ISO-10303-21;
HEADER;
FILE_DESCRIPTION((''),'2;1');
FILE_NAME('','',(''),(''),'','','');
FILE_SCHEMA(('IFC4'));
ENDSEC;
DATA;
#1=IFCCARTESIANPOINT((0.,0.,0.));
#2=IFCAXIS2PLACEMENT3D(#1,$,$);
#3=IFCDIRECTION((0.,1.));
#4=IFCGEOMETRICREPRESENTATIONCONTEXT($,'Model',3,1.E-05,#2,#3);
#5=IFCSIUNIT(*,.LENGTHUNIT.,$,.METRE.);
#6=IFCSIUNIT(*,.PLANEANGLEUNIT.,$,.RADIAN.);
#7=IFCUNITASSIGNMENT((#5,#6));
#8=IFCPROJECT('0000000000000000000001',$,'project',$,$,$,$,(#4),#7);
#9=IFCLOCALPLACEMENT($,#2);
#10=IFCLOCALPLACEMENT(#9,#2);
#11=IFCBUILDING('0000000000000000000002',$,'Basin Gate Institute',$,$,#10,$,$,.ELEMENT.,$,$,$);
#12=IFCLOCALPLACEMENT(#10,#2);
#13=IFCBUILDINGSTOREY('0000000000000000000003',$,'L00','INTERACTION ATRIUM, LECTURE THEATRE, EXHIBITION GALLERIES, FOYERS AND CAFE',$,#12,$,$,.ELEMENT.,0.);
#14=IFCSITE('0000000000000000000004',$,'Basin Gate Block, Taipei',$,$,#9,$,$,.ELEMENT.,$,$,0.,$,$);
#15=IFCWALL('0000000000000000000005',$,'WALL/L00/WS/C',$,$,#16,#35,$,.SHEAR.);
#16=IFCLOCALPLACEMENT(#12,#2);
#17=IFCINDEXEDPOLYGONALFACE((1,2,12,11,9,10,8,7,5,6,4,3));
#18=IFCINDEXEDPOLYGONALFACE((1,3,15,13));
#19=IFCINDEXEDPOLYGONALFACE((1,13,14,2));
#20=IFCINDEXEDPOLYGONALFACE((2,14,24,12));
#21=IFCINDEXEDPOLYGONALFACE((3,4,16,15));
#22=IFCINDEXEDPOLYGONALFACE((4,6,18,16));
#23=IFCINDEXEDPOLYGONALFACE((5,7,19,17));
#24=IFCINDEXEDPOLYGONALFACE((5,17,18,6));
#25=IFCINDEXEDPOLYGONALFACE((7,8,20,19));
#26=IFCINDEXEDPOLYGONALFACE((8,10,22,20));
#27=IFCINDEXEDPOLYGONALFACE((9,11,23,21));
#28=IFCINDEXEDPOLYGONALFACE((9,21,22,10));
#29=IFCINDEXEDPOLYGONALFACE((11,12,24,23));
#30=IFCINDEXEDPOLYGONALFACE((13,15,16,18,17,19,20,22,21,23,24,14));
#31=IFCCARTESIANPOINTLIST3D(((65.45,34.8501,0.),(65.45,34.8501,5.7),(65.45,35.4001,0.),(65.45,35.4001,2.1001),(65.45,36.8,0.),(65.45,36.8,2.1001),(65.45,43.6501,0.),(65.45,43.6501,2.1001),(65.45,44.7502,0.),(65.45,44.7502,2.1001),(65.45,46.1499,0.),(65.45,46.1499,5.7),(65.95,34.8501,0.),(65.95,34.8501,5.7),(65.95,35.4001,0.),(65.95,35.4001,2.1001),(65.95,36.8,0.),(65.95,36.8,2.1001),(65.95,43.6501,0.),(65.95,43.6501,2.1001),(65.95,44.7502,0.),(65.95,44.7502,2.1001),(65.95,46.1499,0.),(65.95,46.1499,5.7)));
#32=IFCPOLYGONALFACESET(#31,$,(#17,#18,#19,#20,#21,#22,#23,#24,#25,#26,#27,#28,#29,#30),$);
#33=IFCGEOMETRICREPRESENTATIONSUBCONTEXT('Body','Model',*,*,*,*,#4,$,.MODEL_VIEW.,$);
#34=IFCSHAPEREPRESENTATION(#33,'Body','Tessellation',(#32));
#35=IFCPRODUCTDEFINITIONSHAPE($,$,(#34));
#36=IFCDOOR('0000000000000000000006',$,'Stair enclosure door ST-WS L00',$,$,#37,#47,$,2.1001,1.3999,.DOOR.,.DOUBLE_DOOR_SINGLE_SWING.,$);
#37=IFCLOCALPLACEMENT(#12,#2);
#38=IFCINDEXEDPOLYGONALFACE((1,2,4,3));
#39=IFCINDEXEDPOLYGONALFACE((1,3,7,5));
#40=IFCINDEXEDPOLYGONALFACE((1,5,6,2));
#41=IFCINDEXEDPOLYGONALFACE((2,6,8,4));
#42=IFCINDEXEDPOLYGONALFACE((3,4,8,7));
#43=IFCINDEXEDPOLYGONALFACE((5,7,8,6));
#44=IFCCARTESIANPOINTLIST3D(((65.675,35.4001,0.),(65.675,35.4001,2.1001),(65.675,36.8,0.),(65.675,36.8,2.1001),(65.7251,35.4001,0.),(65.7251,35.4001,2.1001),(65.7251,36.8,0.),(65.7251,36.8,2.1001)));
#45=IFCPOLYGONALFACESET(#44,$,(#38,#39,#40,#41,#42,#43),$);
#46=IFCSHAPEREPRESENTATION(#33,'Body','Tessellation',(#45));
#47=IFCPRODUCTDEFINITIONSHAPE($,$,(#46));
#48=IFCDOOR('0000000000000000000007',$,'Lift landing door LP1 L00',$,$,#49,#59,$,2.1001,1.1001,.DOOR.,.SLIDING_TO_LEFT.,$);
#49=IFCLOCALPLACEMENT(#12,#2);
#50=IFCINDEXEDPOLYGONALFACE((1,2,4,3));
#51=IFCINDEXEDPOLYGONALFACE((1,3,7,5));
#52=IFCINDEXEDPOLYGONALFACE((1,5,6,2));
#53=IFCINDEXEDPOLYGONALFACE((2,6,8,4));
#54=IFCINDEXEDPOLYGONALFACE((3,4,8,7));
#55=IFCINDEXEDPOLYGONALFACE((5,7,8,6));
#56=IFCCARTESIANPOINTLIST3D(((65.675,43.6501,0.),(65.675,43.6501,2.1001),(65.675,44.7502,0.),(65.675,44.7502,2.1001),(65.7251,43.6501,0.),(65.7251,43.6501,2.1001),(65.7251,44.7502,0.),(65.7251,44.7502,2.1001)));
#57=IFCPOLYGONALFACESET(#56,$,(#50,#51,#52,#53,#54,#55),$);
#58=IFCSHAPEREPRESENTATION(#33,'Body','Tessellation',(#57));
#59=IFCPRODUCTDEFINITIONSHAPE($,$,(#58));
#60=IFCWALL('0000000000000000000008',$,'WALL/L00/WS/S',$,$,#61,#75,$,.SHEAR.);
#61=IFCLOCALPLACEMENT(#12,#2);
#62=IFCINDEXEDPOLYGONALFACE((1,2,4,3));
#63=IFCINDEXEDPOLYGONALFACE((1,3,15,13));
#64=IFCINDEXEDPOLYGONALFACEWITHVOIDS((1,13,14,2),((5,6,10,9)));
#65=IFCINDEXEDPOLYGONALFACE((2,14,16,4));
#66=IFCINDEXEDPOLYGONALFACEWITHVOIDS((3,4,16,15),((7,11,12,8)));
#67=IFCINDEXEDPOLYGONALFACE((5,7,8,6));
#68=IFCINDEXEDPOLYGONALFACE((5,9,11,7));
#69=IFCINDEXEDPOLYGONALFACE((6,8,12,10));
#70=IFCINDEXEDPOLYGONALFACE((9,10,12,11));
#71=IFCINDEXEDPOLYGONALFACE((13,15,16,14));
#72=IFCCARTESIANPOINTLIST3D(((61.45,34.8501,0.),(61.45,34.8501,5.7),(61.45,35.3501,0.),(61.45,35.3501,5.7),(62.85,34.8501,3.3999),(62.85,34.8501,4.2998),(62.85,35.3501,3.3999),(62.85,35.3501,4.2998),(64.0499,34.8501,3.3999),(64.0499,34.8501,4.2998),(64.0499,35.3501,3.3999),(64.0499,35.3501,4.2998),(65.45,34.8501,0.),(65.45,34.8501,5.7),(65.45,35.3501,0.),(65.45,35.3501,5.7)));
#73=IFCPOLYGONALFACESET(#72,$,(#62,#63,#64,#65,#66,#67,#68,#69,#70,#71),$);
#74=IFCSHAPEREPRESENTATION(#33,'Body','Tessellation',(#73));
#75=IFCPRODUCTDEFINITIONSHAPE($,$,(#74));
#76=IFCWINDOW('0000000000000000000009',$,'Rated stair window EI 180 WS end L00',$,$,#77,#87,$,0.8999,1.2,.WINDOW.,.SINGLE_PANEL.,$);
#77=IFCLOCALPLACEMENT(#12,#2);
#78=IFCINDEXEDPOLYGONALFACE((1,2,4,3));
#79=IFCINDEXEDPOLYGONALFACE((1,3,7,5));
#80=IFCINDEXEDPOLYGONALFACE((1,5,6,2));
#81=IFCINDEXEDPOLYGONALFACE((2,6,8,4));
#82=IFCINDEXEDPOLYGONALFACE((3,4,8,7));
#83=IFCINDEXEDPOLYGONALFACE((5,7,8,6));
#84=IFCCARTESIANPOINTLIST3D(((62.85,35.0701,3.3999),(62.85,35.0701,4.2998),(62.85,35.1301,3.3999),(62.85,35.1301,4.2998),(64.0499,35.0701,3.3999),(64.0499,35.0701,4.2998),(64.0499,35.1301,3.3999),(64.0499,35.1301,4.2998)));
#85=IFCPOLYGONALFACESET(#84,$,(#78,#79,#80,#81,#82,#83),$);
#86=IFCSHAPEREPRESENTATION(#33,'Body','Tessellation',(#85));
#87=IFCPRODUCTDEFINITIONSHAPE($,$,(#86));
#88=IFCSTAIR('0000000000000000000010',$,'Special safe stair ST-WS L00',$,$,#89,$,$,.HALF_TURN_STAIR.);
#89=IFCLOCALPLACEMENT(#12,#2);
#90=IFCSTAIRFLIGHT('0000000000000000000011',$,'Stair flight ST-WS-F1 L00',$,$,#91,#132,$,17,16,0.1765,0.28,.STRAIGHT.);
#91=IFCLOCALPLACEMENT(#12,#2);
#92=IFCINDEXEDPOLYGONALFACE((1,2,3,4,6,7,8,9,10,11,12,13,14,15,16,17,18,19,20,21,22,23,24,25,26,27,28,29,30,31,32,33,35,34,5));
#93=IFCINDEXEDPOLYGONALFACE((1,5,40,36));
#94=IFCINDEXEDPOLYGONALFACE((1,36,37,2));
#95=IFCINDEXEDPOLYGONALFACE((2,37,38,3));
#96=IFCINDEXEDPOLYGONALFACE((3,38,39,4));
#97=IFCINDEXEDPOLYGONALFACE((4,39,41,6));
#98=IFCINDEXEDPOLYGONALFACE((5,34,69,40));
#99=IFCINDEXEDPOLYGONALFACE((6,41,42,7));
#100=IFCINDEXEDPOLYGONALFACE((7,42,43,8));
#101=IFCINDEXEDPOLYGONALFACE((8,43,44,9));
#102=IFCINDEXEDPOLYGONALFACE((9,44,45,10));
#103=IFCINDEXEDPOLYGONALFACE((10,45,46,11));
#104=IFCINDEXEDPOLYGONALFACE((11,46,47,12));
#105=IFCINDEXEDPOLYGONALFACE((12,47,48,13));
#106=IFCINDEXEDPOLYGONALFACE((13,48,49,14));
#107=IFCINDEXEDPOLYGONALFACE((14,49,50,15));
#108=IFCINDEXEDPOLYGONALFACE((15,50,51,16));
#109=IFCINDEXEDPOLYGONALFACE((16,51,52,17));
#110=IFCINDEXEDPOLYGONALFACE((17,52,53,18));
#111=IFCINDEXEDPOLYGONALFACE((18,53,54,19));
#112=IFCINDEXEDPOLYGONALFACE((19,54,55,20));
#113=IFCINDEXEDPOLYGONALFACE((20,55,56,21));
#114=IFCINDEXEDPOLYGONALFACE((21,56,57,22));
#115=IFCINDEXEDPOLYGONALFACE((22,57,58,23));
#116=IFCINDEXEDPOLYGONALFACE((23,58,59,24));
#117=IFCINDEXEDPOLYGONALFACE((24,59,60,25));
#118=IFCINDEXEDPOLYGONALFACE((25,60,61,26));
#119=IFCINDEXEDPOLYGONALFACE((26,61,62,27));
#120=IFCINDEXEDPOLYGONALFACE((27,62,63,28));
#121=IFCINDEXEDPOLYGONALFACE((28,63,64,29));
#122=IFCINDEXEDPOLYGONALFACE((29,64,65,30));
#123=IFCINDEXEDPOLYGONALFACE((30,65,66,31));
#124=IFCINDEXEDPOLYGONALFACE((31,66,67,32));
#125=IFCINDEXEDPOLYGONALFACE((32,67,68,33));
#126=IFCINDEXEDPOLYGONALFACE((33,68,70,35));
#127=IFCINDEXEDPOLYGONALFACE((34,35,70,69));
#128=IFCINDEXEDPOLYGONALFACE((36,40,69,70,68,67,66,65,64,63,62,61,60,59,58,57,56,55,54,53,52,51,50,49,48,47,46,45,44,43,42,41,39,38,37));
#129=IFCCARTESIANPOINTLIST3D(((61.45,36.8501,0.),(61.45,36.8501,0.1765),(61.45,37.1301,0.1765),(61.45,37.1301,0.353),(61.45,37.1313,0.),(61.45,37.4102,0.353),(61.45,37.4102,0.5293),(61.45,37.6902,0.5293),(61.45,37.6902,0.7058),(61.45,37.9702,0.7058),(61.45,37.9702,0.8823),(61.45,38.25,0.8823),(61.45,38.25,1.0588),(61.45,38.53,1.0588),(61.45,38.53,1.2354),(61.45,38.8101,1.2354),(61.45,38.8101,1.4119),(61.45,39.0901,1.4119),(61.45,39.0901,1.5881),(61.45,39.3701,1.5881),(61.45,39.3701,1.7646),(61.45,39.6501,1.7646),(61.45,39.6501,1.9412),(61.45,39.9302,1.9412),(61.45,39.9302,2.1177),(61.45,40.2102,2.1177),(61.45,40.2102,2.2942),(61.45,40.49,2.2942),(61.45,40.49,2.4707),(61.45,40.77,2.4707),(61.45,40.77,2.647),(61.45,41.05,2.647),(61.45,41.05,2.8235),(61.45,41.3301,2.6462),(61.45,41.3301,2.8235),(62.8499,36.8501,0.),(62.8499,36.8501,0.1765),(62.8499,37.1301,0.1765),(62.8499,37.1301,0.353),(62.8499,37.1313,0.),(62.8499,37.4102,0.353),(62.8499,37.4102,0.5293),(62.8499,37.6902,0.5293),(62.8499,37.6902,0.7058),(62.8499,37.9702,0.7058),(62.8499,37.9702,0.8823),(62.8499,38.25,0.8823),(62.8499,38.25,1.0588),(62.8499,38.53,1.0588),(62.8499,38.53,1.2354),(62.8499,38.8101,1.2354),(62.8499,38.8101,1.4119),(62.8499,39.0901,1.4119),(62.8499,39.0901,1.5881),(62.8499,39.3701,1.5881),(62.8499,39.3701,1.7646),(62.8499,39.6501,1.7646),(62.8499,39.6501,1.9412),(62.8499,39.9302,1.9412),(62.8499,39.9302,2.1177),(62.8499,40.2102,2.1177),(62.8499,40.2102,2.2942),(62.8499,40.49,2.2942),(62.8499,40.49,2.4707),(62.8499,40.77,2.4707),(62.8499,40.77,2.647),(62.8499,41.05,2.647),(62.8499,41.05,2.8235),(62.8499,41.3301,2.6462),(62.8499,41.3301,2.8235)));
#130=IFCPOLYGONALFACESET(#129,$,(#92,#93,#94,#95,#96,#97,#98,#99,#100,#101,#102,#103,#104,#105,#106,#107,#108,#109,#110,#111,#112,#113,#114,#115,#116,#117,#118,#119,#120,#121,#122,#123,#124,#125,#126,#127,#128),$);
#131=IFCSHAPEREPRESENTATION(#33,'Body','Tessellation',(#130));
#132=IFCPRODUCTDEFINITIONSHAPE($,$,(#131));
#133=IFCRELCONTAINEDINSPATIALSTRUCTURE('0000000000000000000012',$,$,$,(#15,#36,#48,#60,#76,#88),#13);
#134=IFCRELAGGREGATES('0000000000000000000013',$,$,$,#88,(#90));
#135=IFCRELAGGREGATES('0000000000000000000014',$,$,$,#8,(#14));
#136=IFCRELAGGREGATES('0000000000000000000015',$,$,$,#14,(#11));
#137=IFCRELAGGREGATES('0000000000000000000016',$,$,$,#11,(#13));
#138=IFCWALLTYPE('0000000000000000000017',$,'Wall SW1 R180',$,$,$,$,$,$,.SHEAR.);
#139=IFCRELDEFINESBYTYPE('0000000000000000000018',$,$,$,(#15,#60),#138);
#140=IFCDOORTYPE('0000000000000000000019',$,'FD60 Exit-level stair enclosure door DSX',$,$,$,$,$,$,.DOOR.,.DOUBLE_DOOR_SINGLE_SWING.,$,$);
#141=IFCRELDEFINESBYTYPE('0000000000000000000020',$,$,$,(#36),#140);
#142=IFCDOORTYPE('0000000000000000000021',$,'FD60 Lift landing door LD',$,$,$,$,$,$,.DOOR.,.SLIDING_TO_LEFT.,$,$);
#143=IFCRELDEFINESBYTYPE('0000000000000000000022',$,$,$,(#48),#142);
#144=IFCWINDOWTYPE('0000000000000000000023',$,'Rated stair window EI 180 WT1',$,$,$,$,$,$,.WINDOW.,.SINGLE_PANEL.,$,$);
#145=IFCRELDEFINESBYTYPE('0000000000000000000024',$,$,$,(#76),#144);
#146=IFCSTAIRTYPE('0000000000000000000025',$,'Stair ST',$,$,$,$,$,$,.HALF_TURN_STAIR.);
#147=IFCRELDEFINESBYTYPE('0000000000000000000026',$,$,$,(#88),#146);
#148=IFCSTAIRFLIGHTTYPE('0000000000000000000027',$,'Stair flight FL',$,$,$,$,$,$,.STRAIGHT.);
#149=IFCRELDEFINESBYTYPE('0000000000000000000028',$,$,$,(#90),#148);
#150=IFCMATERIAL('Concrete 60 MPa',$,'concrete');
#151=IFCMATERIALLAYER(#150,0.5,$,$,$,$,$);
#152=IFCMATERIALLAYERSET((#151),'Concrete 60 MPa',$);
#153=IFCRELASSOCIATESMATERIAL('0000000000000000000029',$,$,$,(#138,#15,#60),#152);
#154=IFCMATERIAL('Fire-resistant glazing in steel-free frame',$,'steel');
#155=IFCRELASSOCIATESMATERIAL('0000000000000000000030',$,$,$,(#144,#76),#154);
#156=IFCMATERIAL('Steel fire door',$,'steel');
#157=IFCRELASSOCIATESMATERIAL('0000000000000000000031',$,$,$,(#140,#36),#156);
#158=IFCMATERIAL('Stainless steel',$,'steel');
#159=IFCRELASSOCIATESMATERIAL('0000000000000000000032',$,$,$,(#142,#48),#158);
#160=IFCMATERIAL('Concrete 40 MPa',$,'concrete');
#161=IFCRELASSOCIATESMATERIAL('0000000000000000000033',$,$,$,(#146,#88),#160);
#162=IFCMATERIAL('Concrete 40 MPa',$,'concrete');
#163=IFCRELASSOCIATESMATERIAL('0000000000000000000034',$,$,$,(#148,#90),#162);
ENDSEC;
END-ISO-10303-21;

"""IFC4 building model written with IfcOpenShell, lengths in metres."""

from ifc_helpers import new_model, si_unit, direction, frame, frame_2d, origin, place, context, subcontext, project, spatial, polyline, rectangle, outline, extrude, material, layer, layer_set, type_object, element, fill, aggregate, save


model = new_model("IFC4")

# Units and contexts
model_context = context("Model", 3, precision=1e-05, world=origin(), true_north=direction((0.0, 1.0)))
body_context = subcontext(model_context, "Body", "Model", "MODEL_VIEW")
ifc_project = project(units=[si_unit("LENGTHUNIT", "METRE"), si_unit("PLANEANGLEUNIT", "RADIAN")], contexts=[model_context])

# Site, building, storey
site_placement = place(None, origin())
site = spatial("IfcSite", under=ifc_project, at=site_placement, Name="Basin Gate Block, Taipei", CompositionType="ELEMENT", RefElevation=0.0)
building_placement = place(site_placement, origin())
building = spatial("IfcBuilding", under=site, at=building_placement, Name="Basin Gate Institute", CompositionType="ELEMENT")
storey_placement = place(building_placement, origin())
storey = spatial("IfcBuildingStorey", under=building, at=storey_placement, Name="L00", Description="INTERACTION ATRIUM, LECTURE THEATRE, EXHIBITION GALLERIES, FOYERS AND CAFE", CompositionType="ELEMENT", Elevation=0.0)

# Shared definitions
ifc_material_1 = material(Name="Concrete 60 MPa", Category="concrete")
ifc_layer_1 = layer(ifc_material_1, 0.5)
ifc_layer_set_1 = layer_set([ifc_layer_1], Name="Concrete 60 MPa")
wall_type = type_object("IfcWallType", Name="Wall SW1 R180", PredefinedType="SHEAR", material=ifc_layer_set_1)
ifc_material_2 = material(Name="Fire-resistant glazing in steel-free frame", Category="steel")
window_type = type_object("IfcWindowType", Name="Rated stair window EI 180 WT1", PartitioningType="SINGLE_PANEL", PredefinedType="WINDOW", material=ifc_material_2)

# Wall, openings, doors
wall_1_placement = place(storey_placement, frame((65.7, 34.8501, 0.0), z_axis=(0.0, 0.0, 1.0), x_axis=(0.0, 1.0, 0.0)))
wall_1 = element("IfcWall", 1, at=wall_1_placement, inside=storey, type_object=wall_type, material=ifc_layer_set_1, Name="WALL/L00/WS/C", PredefinedType="SHEAR", context=body_context, shape_type="SweptSolid", body=[
    extrude(rectangle(XDim=11.2998, YDim=0.5, at=frame_2d((5.6499, 0.0))), origin(), (0.0, 0.0, 1.0), 5.7),
])
opening_1_placement = place(wall_1_placement, frame((0.55, 0.0, 0.0)))
opening_1 = element("IfcOpeningElement", 2, at=opening_1_placement, cuts=wall_1, PredefinedType="OPENING", context=body_context, shape_type="SweptSolid", body=[
    extrude(rectangle(XDim=1.3999, YDim=2.1001, at=frame_2d((0.7, 1.05))), frame((0.0, 0.26, 0.0), z_axis=(0.0, -1.0, 0.0), x_axis=(1.0, 0.0, 0.0)), (0.0, 0.0, 1.0), 0.52),
])
opening_2_placement = place(wall_1_placement, frame((8.8, 0.0, 0.0)))
opening_2 = element("IfcOpeningElement", 3, at=opening_2_placement, cuts=wall_1, PredefinedType="OPENING", context=body_context, shape_type="SweptSolid", body=[
    extrude(rectangle(XDim=1.1001, YDim=2.1001, at=frame_2d((0.55, 1.05))), frame((0.0, 0.26, 0.0), z_axis=(0.0, -1.0, 0.0), x_axis=(1.0, 0.0, 0.0)), (0.0, 0.0, 1.0), 0.52),
])
ifc_material_3 = material(Name="Steel fire door", Category="steel")
door_type_1 = type_object("IfcDoorType", Name="FD60 Exit-level stair enclosure door DSX", OperationType="DOUBLE_DOOR_SINGLE_SWING", PredefinedType="DOOR", material=ifc_material_3)
door_1_placement = place(opening_1_placement, origin())
door_1 = element("IfcDoor", 4, at=door_1_placement, inside=storey, type_object=door_type_1, material=ifc_material_3, Name="Stair enclosure door ST-WS L00", OperationType="DOUBLE_DOOR_SINGLE_SWING", OverallHeight=2.1001, OverallWidth=1.3999, PredefinedType="DOOR", context=body_context, shape_type="SweptSolid", body=[
    extrude(rectangle(XDim=1.3999, YDim=2.1001, at=frame_2d((0.7, 1.05))), frame((0.0, 0.0249, 0.0), z_axis=(0.0, -1.0, 0.0), x_axis=(1.0, 0.0, 0.0)), (0.0, 0.0, 1.0), 0.05),
])
fill(opening_1, door_1)
ifc_material_4 = material(Name="Stainless steel", Category="steel")
door_type_2 = type_object("IfcDoorType", Name="FD60 Lift landing door LD", OperationType="SLIDING_TO_LEFT", PredefinedType="DOOR", material=ifc_material_4)
door_2_placement = place(opening_2_placement, origin())
door_2 = element("IfcDoor", 5, at=door_2_placement, inside=storey, type_object=door_type_2, material=ifc_material_4, Name="Lift landing door LP1 L00", OperationType="SLIDING_TO_LEFT", OverallHeight=2.1001, OverallWidth=1.1001, PredefinedType="DOOR", context=body_context, shape_type="SweptSolid", body=[
    extrude(rectangle(XDim=1.1001, YDim=2.1001, at=frame_2d((0.55, 1.05))), frame((0.0, 0.0249, 0.0), z_axis=(0.0, -1.0, 0.0), x_axis=(1.0, 0.0, 0.0)), (0.0, 0.0, 1.0), 0.05),
])
fill(opening_2, door_2)

# Wall, opening, window
wall_2_placement = place(storey_placement, frame((61.45, 35.1001, 0.0), z_axis=(0.0, 0.0, 1.0), x_axis=(1.0, 0.0, 0.0)))
wall_2 = element("IfcWall", 6, at=wall_2_placement, inside=storey, type_object=wall_type, material=ifc_layer_set_1, Name="WALL/L00/WS/S", PredefinedType="SHEAR", context=body_context, shape_type="SweptSolid", body=[
    extrude(rectangle(XDim=4.0, YDim=0.5, at=frame_2d((2.0, 0.0))), origin(), (0.0, 0.0, 1.0), 5.7),
])
opening_3_placement = place(wall_2_placement, frame((1.3999, 0.0, 3.3999)))
opening_3 = element("IfcOpeningElement", 7, at=opening_3_placement, cuts=wall_2, PredefinedType="OPENING", context=body_context, shape_type="SweptSolid", body=[
    extrude(rectangle(XDim=1.2, YDim=0.8999, at=frame_2d((0.6001, 0.45))), frame((0.0, 0.26, 0.0), z_axis=(0.0, -1.0, 0.0), x_axis=(1.0, 0.0, 0.0)), (0.0, 0.0, 1.0), 0.52),
])
window_1_placement = place(opening_3_placement, origin())
window_1 = element("IfcWindow", 8, at=window_1_placement, inside=storey, type_object=window_type, material=ifc_material_2, Name="Rated stair window EI 180 WS end L00", OverallHeight=0.8999, OverallWidth=1.2, PartitioningType="SINGLE_PANEL", PredefinedType="WINDOW", context=body_context, shape_type="SweptSolid", body=[
    extrude(rectangle(XDim=1.2, YDim=0.8999, at=frame_2d((0.6001, 0.45))), frame((0.0, 0.03, 0.0), z_axis=(0.0, -1.0, 0.0), x_axis=(1.0, 0.0, 0.0)), (0.0, 0.0, 1.0), 0.0601),
])
fill(opening_3, window_1)

# Stair, stair flight
ifc_material_5 = material(Name="Concrete 40 MPa", Category="concrete")
stair_type = type_object("IfcStairType", Name="Stair ST", PredefinedType="HALF_TURN_STAIR", material=ifc_material_5)
stair_placement = place(storey_placement, origin())
stair = element("IfcStair", 9, at=stair_placement, inside=storey, type_object=stair_type, material=ifc_material_5, Name="Special safe stair ST-WS L00", PredefinedType="HALF_TURN_STAIR")
ifc_material_6 = material(Name="Concrete 40 MPa", Category="concrete")
stair_flight_type = type_object("IfcStairFlightType", Name="Stair flight FL", PredefinedType="STRAIGHT", material=ifc_material_6)
stair_flight_1_placement = place(storey_placement, frame((62.1499, 36.8501, 0.0), z_axis=(0.0, 0.0, 1.0), x_axis=(0.0, 1.0, 0.0)))
stair_flight_1 = element("IfcStairFlight", 10, at=stair_flight_1_placement, type_object=stair_flight_type, material=ifc_material_6, Name="Stair flight ST-WS-F1 L00", NumberOfRisers=17, NumberOfTreads=16, PredefinedType="STRAIGHT", RiserHeight=0.1765, TreadLength=0.28, context=body_context, shape_type="SweptSolid", body=[
    extrude(outline(polyline([(0.0, 0.0), (0.0, 0.1765), (0.28, 0.1765), (0.28, 0.353), (0.5601, 0.353), (0.5601, 0.5293), (0.8401, 0.5293), (0.8401, 0.7058), (1.1201, 0.7058), (1.1201, 0.8823), (1.3999, 0.8823), (1.3999, 1.0588), (1.6799, 1.0588), (1.6799, 1.2354), (1.96, 1.2354), (1.96, 1.4119), (2.24, 1.4119), (2.24, 1.5881), (2.52, 1.5881), (2.52, 1.7646), (2.8, 1.7646), (2.8, 1.9412), (3.0801, 1.9412), (3.0801, 2.1177), (3.3601, 2.1177), (3.3601, 2.2942), (3.6399, 2.2942), (3.6399, 2.4707), (3.9199, 2.4707), (3.9199, 2.647), (4.2, 2.647), (4.2, 2.8235), (4.48, 2.8235), (4.48, 3.0), (4.48, 2.6462), (0.2812, 0.0), (0.0, 0.0)])), frame((0.0, 0.7, 0.0), z_axis=(0.0, -1.0, 0.0), x_axis=(1.0, 0.0, 0.0)), (0.0, 0.0, 1.0), 1.3999),
])
aggregate(stair, [stair_flight_1])

save(model, "model.ifc")
